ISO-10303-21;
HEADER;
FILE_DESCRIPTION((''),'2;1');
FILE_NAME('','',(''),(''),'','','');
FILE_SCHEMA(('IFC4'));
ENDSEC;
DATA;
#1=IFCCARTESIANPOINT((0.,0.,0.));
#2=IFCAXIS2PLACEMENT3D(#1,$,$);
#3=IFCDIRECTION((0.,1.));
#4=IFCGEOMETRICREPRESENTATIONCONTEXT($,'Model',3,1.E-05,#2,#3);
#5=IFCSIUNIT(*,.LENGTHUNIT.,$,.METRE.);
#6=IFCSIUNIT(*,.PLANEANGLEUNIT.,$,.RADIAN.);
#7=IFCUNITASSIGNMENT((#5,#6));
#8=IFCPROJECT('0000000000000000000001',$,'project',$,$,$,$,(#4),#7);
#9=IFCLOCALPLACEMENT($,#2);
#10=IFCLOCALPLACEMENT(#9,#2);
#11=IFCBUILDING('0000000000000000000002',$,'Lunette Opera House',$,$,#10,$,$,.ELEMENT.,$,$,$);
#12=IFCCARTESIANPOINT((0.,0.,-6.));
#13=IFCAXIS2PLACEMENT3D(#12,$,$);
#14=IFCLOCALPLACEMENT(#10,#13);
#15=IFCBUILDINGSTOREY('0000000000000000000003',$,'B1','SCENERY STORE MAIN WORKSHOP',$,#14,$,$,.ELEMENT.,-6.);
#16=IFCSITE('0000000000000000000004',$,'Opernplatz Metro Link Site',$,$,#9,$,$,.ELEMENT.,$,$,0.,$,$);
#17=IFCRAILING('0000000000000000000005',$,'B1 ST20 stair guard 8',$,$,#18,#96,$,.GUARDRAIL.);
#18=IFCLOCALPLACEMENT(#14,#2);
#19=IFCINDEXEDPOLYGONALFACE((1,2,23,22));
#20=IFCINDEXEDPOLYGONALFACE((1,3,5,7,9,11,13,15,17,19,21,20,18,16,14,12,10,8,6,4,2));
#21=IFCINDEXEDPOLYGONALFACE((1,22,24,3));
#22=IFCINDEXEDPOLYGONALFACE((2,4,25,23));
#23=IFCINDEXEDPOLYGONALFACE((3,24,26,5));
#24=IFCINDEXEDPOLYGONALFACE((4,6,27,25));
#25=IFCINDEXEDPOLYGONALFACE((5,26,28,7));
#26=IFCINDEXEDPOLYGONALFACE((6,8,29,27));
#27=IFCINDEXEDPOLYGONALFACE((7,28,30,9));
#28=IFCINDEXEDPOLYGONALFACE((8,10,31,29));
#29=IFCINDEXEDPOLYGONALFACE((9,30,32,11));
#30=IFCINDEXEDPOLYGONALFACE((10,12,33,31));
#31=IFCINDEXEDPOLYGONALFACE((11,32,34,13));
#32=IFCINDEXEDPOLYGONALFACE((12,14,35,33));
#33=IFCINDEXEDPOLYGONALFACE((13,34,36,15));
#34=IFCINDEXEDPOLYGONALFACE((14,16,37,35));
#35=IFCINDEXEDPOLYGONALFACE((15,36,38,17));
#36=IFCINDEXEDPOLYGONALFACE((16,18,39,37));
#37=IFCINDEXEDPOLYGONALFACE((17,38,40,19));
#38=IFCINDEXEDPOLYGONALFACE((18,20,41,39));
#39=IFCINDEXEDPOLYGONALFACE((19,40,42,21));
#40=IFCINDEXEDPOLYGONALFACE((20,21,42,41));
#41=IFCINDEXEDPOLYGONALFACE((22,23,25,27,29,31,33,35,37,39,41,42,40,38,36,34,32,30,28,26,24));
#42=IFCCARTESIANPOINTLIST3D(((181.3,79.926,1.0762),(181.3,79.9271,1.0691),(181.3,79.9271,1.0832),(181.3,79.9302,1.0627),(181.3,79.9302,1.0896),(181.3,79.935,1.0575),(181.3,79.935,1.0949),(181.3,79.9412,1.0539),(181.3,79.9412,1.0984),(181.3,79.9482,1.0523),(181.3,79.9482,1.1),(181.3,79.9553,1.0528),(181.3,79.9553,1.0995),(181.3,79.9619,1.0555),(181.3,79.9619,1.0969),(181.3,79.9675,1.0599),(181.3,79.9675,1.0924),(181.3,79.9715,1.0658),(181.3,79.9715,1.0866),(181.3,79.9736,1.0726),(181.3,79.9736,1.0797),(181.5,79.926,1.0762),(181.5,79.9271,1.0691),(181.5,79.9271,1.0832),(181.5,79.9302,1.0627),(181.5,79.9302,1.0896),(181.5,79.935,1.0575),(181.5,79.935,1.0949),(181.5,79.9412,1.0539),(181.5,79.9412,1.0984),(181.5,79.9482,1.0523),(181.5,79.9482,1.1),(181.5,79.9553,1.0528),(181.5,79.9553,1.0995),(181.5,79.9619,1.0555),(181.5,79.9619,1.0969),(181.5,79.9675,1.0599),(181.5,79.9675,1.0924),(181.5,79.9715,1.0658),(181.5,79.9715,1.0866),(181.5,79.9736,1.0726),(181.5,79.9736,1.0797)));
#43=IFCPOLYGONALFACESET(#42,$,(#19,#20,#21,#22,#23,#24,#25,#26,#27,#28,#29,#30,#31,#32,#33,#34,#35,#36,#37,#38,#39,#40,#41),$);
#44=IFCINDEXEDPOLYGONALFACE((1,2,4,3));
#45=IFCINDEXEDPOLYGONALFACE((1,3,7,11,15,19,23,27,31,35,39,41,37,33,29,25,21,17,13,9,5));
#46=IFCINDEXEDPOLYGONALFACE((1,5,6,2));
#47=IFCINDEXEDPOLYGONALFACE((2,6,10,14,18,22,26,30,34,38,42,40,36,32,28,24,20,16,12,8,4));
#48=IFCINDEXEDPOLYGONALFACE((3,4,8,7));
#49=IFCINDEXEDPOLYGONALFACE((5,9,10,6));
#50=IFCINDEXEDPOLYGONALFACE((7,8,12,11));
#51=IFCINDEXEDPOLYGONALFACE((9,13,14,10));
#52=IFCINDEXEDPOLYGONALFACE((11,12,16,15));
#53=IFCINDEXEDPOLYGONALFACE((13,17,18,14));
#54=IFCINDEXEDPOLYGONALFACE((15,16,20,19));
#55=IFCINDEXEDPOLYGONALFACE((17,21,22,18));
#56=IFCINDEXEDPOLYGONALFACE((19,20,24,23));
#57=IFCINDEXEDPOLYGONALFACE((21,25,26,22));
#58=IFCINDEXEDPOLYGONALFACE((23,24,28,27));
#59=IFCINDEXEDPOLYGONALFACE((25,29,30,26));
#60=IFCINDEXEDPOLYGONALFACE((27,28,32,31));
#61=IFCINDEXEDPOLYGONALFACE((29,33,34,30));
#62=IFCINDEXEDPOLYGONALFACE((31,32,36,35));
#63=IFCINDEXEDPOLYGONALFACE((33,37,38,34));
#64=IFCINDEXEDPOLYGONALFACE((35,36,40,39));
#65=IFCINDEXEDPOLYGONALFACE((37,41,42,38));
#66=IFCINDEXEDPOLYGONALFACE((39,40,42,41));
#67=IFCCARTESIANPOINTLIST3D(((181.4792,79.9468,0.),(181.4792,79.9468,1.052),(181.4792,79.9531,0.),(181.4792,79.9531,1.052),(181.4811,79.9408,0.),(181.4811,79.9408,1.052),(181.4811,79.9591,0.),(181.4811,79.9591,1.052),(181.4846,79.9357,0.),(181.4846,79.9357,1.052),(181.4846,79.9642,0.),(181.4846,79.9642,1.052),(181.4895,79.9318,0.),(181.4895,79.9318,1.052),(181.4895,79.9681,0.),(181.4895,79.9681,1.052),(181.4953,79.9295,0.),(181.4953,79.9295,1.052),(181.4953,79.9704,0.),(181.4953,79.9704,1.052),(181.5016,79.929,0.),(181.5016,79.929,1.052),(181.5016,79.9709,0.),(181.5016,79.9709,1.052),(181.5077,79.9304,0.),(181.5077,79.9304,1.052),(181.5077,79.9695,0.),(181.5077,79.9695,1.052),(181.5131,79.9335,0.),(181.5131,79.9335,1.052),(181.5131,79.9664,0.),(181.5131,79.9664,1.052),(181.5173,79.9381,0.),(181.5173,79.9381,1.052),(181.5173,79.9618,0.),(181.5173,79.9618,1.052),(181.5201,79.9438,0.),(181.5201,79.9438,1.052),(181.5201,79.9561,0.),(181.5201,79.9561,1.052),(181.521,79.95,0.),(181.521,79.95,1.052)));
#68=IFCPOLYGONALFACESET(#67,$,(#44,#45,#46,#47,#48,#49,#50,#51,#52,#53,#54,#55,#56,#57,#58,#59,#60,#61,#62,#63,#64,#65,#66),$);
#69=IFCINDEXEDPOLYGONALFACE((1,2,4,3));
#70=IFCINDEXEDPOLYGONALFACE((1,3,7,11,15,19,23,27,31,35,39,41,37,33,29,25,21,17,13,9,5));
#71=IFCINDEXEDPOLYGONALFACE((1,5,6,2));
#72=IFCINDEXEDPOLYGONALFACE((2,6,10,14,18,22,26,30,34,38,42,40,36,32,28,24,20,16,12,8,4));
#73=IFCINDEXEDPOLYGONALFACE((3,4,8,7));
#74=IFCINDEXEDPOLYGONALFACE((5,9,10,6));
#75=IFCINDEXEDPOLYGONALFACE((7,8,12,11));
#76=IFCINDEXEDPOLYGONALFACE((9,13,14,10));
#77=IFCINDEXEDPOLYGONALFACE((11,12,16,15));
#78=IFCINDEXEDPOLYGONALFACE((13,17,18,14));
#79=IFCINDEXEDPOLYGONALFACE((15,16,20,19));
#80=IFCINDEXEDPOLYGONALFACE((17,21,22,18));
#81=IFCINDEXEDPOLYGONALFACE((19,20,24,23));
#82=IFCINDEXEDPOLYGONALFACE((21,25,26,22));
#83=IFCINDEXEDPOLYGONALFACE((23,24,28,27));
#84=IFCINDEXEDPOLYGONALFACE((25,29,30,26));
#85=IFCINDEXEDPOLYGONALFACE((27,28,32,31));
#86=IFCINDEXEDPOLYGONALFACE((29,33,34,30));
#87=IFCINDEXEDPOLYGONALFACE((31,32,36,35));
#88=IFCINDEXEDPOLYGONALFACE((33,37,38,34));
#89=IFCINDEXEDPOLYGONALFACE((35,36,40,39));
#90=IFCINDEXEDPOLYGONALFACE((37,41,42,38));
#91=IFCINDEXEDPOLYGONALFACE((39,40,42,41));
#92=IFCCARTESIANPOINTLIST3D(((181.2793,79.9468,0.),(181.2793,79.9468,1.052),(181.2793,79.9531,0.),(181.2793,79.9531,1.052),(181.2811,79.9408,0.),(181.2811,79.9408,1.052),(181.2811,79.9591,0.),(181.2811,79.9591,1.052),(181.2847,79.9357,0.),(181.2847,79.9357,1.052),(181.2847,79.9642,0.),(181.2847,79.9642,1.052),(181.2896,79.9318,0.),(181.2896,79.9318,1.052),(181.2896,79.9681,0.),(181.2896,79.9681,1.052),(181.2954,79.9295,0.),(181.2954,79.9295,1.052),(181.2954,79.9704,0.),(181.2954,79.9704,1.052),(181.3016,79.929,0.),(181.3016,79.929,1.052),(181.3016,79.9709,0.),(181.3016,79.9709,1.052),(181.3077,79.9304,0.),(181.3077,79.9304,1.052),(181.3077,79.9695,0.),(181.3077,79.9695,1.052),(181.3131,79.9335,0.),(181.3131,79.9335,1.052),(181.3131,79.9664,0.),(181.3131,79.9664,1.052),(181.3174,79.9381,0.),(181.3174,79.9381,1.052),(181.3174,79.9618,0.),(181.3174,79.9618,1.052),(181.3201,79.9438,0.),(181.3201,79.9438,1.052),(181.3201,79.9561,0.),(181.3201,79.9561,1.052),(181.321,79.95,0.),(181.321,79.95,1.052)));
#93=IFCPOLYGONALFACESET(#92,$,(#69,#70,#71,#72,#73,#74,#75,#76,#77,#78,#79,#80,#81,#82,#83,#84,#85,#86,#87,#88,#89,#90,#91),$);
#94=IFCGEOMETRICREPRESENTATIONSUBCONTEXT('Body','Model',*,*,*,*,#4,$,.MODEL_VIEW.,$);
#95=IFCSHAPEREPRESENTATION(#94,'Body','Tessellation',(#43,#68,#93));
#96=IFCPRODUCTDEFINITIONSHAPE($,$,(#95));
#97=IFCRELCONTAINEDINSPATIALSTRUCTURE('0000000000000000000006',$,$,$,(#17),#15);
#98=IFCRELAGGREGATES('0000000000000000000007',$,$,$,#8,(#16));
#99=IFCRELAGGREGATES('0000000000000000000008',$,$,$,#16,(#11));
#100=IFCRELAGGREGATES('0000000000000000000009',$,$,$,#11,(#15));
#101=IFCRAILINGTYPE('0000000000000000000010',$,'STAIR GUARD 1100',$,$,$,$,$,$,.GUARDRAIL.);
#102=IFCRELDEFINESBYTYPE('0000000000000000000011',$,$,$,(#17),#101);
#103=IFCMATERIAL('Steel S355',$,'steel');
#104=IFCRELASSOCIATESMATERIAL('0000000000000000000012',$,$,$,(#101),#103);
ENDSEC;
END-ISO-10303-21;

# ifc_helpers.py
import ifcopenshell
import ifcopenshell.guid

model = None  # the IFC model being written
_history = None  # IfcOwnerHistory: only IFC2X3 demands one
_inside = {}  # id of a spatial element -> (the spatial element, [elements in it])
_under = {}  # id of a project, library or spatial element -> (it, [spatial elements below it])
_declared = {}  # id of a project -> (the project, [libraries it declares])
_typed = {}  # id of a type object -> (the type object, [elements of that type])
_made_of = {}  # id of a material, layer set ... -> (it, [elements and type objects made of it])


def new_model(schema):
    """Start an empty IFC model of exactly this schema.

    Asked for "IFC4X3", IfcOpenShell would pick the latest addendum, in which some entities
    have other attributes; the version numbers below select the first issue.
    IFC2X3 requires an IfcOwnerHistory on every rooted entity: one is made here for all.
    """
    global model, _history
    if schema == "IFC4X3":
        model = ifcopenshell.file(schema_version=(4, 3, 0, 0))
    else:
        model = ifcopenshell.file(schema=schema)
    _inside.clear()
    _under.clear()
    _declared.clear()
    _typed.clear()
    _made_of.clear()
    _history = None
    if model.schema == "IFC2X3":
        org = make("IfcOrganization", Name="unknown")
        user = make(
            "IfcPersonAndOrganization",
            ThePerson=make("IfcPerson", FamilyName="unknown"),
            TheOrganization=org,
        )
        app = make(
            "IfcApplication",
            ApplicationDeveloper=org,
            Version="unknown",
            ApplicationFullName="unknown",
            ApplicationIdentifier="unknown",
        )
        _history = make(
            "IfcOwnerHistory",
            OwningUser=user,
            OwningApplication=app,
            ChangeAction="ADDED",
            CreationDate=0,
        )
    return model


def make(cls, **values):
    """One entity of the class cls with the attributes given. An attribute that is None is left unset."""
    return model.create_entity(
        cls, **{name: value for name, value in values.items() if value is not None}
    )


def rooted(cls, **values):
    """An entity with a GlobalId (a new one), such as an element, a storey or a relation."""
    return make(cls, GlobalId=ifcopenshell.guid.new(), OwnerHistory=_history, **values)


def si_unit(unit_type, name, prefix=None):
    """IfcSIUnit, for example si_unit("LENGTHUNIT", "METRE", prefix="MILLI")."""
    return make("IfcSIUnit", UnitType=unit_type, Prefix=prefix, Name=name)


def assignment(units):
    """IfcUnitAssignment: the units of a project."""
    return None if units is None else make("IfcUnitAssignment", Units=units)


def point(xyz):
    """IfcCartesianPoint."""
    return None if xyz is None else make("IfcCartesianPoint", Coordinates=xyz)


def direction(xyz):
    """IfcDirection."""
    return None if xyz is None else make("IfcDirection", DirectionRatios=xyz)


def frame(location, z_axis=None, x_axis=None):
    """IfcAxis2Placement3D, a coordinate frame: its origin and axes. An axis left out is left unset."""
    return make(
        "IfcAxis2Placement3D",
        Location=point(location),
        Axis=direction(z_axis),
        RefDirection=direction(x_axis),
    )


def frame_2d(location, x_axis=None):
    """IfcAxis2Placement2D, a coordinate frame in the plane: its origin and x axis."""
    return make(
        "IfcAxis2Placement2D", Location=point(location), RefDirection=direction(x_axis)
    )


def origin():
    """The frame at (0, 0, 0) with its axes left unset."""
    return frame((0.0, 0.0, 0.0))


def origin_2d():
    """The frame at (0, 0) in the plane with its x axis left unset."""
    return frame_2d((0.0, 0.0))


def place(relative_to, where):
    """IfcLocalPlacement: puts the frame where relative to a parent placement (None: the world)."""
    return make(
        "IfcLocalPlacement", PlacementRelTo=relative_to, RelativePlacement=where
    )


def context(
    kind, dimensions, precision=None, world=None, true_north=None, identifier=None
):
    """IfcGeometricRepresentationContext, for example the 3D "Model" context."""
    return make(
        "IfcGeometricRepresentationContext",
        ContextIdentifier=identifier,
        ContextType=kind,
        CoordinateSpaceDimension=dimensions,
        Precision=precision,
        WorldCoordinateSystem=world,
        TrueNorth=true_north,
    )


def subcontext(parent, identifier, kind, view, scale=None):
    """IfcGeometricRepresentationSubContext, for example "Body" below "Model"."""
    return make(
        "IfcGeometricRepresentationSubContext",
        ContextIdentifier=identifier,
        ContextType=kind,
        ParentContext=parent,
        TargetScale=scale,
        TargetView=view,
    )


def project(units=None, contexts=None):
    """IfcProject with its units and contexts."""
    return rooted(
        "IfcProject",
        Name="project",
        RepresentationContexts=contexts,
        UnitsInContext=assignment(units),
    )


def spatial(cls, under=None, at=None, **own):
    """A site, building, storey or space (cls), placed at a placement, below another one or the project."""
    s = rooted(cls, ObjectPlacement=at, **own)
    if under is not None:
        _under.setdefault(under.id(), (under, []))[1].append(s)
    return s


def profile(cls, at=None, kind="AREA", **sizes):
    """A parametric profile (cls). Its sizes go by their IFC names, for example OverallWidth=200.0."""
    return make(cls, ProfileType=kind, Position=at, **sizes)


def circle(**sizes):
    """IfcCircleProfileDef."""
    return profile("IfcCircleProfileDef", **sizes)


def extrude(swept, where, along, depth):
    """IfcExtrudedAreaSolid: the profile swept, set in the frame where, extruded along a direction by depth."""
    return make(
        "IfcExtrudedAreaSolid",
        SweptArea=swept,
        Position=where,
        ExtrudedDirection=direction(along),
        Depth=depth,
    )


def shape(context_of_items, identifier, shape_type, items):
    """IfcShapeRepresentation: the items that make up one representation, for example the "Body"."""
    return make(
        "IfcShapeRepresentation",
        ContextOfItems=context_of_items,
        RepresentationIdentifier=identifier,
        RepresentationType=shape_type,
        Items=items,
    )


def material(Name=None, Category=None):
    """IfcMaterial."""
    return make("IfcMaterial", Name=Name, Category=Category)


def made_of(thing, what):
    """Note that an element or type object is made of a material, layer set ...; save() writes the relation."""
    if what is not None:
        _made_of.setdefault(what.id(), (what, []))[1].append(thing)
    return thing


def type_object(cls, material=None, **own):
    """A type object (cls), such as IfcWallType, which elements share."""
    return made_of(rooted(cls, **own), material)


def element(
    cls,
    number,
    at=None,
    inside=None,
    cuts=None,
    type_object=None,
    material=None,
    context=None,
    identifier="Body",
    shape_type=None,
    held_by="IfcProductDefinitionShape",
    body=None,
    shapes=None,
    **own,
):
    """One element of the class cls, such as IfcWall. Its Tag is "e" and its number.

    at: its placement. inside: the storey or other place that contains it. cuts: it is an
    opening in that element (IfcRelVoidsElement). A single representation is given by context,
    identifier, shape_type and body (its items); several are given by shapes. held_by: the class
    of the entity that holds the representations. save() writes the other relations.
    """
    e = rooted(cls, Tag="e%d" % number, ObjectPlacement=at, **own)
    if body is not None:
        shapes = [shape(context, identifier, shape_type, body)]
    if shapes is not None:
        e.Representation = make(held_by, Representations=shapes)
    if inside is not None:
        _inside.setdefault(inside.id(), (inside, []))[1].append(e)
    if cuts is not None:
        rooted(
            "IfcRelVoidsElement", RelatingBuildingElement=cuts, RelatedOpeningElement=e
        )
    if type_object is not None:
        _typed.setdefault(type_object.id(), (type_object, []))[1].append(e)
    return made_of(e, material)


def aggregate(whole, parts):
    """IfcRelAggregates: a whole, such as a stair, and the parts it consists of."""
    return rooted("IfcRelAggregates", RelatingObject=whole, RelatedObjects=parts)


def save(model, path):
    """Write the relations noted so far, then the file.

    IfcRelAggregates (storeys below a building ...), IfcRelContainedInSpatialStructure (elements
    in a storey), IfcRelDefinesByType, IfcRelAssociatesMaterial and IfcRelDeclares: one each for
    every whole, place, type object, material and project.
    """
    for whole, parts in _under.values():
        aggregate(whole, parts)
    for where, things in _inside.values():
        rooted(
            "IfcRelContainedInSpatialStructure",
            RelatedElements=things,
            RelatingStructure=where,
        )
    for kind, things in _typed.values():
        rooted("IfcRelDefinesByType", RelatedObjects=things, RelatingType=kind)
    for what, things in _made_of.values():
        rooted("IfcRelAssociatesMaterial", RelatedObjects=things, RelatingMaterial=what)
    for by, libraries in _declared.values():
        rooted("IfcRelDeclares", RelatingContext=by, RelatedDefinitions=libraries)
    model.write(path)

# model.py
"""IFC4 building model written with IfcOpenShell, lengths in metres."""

from ifc_helpers import new_model, si_unit, direction, frame, origin, origin_2d, place, context, subcontext, project, spatial, circle, extrude, material, type_object, element, save


model = new_model("IFC4")

# Units and contexts
model_context = context("Model", 3, precision=1e-05, world=origin(), true_north=direction((0.0, 1.0)))
body_context = subcontext(model_context, "Body", "Model", "MODEL_VIEW")
ifc_project = project(units=[si_unit("LENGTHUNIT", "METRE"), si_unit("PLANEANGLEUNIT", "RADIAN")], contexts=[model_context])

# Site, building, storey
site_placement = place(None, origin())
site = spatial("IfcSite", under=ifc_project, at=site_placement, Name="Opernplatz Metro Link Site", CompositionType="ELEMENT", RefElevation=0.0)
building_placement = place(site_placement, origin())
building = spatial("IfcBuilding", under=site, at=building_placement, Name="Lunette Opera House", CompositionType="ELEMENT")
storey_placement = place(building_placement, frame((0.0, 0.0, -6.0)))
storey = spatial("IfcBuildingStorey", under=building, at=storey_placement, Name="B1", Description="SCENERY STORE MAIN WORKSHOP", CompositionType="ELEMENT", Elevation=-6.0)

# Railing
ifc_material_1 = material(Name="Steel S355", Category="steel")
railing_type_1 = type_object("IfcRailingType", Name="STAIR GUARD 1100", PredefinedType="GUARDRAIL", material=ifc_material_1)
railing_1_placement = place(storey_placement, frame((181.5, 79.95, 0.0)))
element("IfcRailing", 1, at=railing_1_placement, inside=storey, type_object=railing_type_1, Name="B1 ST20 stair guard 8", PredefinedType="GUARDRAIL", context=body_context, shape_type="SweptSolid", body=[
    extrude(circle(Radius=0.0239, at=origin_2d()), frame((0.0, 0.0, 1.0762), z_axis=(-1.0, 0.0, 0.0), x_axis=(0.0, -1.0, 0.0)), (0.0, 0.0, 1.0), 0.2),
    extrude(circle(Radius=0.021, at=origin_2d()), origin(), (0.0, 0.0, 1.0), 1.052),
    extrude(circle(Radius=0.021, at=origin_2d()), frame((-0.2, 0.0, 0.0)), (0.0, 0.0, 1.0), 1.052),
])

save(model, "model.ifc")
